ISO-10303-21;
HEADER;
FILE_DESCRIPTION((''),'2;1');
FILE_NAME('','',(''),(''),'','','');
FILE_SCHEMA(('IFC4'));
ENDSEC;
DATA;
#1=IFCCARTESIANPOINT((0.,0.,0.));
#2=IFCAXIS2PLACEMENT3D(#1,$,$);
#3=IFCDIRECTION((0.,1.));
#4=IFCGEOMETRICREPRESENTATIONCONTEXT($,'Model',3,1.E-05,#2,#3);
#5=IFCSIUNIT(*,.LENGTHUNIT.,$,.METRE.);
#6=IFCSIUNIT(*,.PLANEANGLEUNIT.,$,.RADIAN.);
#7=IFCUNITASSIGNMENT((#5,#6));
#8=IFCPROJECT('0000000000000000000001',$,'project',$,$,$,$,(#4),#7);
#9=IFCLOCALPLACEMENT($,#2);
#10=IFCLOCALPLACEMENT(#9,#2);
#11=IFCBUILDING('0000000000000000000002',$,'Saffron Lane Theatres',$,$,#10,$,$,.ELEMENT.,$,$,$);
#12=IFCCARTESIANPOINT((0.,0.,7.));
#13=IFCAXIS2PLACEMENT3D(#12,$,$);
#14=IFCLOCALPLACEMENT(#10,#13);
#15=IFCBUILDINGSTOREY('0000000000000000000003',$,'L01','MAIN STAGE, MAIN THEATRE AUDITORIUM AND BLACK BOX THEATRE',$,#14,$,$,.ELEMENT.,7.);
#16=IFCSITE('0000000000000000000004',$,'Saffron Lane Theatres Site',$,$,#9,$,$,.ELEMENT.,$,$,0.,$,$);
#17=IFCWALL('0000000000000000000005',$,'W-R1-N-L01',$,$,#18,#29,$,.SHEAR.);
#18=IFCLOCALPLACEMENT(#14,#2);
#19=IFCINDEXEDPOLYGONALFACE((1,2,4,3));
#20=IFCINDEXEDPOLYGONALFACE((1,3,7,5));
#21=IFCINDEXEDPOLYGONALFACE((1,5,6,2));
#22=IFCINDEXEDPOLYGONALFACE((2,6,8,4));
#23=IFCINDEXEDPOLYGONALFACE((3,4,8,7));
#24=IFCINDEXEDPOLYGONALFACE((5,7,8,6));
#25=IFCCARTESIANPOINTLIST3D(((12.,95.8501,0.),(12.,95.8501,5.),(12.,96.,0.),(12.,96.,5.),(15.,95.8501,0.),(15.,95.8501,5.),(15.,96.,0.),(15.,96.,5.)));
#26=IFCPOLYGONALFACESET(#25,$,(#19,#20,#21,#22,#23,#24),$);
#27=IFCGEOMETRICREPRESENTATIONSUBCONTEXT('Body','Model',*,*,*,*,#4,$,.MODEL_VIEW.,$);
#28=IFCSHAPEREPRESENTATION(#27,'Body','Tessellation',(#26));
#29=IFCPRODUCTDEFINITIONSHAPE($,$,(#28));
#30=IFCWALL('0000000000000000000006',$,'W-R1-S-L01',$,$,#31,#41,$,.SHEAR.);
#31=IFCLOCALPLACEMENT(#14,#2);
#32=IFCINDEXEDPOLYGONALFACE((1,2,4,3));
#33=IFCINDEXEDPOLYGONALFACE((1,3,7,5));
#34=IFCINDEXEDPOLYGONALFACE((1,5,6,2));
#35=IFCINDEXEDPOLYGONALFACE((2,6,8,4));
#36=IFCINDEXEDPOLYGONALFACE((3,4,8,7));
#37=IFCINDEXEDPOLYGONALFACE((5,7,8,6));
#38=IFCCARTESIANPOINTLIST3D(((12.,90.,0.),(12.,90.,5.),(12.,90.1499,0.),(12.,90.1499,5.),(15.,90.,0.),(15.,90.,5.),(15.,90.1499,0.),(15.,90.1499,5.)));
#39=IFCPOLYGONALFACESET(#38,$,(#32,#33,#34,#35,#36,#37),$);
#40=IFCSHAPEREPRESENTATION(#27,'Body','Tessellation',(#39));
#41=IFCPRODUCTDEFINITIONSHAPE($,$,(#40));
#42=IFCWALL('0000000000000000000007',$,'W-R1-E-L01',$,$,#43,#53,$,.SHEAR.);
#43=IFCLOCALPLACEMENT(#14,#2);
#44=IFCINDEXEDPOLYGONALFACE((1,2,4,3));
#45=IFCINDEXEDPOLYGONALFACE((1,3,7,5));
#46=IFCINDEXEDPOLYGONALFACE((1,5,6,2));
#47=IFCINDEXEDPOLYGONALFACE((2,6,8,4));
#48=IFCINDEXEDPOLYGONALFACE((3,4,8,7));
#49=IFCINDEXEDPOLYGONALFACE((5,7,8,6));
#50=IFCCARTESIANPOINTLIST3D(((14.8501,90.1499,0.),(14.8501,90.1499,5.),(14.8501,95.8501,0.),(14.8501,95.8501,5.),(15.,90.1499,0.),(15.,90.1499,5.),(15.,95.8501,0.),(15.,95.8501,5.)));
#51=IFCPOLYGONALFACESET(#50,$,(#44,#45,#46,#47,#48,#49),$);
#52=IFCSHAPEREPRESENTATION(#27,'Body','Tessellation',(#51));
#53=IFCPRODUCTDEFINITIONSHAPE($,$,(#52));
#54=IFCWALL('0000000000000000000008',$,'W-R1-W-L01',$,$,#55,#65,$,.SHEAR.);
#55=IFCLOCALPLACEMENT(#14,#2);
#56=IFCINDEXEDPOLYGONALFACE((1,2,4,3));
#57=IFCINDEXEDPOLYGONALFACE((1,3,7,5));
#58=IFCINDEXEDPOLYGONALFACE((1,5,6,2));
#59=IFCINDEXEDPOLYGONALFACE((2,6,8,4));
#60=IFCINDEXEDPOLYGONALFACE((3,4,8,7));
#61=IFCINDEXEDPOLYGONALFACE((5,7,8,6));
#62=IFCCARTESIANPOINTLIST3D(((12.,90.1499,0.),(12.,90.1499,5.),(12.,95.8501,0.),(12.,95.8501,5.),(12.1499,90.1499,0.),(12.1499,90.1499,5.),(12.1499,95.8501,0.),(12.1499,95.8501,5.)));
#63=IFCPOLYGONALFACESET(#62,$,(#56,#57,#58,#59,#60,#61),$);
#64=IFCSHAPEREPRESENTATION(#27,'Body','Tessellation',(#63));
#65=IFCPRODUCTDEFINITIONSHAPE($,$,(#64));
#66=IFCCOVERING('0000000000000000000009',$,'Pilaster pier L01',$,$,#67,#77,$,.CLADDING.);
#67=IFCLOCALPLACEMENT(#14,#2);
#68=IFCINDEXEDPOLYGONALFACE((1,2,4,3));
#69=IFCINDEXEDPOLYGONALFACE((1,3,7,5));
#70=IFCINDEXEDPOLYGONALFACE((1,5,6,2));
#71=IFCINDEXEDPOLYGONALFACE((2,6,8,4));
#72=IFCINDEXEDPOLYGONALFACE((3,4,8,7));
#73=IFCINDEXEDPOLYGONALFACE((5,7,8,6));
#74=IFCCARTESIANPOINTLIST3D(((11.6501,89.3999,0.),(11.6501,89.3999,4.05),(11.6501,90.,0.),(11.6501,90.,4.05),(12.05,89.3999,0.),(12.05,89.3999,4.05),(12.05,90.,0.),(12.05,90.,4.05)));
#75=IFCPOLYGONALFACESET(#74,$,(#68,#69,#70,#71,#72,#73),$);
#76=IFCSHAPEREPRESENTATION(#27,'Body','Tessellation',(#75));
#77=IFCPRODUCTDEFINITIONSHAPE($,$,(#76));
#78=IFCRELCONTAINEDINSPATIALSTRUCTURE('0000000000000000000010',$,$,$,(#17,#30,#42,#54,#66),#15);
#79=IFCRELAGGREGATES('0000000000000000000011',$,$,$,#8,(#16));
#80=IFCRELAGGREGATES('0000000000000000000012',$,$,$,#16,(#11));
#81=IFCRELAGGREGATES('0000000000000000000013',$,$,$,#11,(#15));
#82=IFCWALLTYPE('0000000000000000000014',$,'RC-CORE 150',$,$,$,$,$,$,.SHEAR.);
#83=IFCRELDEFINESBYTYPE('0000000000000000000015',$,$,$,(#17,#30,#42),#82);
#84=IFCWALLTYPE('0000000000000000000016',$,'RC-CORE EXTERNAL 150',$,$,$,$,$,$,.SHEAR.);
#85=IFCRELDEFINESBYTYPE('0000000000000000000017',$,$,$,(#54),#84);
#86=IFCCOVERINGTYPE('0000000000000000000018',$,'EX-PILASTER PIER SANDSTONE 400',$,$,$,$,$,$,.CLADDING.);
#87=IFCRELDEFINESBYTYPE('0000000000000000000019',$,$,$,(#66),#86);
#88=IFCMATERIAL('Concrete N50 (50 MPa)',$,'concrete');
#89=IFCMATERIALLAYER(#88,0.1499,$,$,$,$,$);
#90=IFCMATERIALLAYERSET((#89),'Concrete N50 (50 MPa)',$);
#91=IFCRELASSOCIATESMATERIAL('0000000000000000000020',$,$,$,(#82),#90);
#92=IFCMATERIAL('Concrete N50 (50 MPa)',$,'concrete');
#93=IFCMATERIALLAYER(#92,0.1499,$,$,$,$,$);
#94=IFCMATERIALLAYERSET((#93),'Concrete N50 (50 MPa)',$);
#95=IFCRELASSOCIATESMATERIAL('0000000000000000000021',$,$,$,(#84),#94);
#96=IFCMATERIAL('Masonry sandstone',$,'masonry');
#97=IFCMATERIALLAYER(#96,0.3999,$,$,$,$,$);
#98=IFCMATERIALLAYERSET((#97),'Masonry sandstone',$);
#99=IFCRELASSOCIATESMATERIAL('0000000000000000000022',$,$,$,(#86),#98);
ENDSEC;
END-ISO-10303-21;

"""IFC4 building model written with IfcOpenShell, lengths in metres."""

from ifc_helpers import new_model, si_unit, direction, frame, frame_2d, origin, origin_2d, place, context, subcontext, project, spatial, rectangle, extrude, material, layer, layer_set, type_object, element, save


model = new_model("IFC4")

# Units and contexts
model_context = context("Model", 3, precision=1e-05, world=origin(), true_north=direction((0.0, 1.0)))
body_context = subcontext(model_context, "Body", "Model", "MODEL_VIEW")
ifc_project = project(units=[si_unit("LENGTHUNIT", "METRE"), si_unit("PLANEANGLEUNIT", "RADIAN")], contexts=[model_context])

# Site, building, storey
site_placement = place(None, origin())
site = spatial("IfcSite", under=ifc_project, at=site_placement, Name="Saffron Lane Theatres Site", CompositionType="ELEMENT", RefElevation=0.0)
building_placement = place(site_placement, origin())
building = spatial("IfcBuilding", under=site, at=building_placement, Name="Saffron Lane Theatres", CompositionType="ELEMENT")
storey_placement = place(building_placement, frame((0.0, 0.0, 7.0)))
storey = spatial("IfcBuildingStorey", under=building, at=storey_placement, Name="L01", Description="MAIN STAGE, MAIN THEATRE AUDITORIUM AND BLACK BOX THEATRE", CompositionType="ELEMENT", Elevation=7.0)

# Walls
ifc_material_1 = material(Name="Concrete N50 (50 MPa)", Category="concrete")
ifc_layer_1 = layer(ifc_material_1, 0.1499)
ifc_layer_set_1 = layer_set([ifc_layer_1], Name="Concrete N50 (50 MPa)")
wall_type_1 = type_object("IfcWallType", Name="RC-CORE 150", PredefinedType="SHEAR", material=ifc_layer_set_1)
for number, where, z_axis, x_axis, name in (
    (1, (12.0, 95.925, 0.0), (0.0, 0.0, 1.0), (1.0, 0.0, 0.0), "W-R1-N-L01"),
    (2, (12.0, 90.075, 0.0), (0.0, 0.0, 1.0), (1.0, 0.0, 0.0), "W-R1-S-L01"),
):
    element("IfcWall", number, at=place(storey_placement, frame(where, z_axis=z_axis, x_axis=x_axis)), inside=storey, type_object=wall_type_1, Name=name, PredefinedType="SHEAR", context=body_context, shape_type="SweptSolid", body=[
        extrude(rectangle(XDim=3.0, YDim=0.1499, at=frame_2d((1.5, 0.0))), origin(), (0.0, 0.0, 1.0), 5.0),
    ])
wall_1_placement = place(storey_placement, frame((14.925, 90.1499, 0.0), z_axis=(0.0, 0.0, 1.0), x_axis=(0.0, 1.0, 0.0)))
element("IfcWall", 3, at=wall_1_placement, inside=storey, type_object=wall_type_1, Name="W-R1-E-L01", PredefinedType="SHEAR", context=body_context, shape_type="SweptSolid", body=[
    extrude(rectangle(XDim=5.7002, YDim=0.1499, at=frame_2d((2.8501, 0.0))), origin(), (0.0, 0.0, 1.0), 5.0),
])
ifc_material_2 = material(Name="Concrete N50 (50 MPa)", Category="concrete")
ifc_layer_2 = layer(ifc_material_2, 0.1499)
ifc_layer_set_2 = layer_set([ifc_layer_2], Name="Concrete N50 (50 MPa)")
wall_type_2 = type_object("IfcWallType", Name="RC-CORE EXTERNAL 150", PredefinedType="SHEAR", material=ifc_layer_set_2)
wall_2_placement = place(storey_placement, frame((12.075, 90.1499, 0.0), z_axis=(0.0, 0.0, 1.0), x_axis=(0.0, 1.0, 0.0)))
element("IfcWall", 4, at=wall_2_placement, inside=storey, type_object=wall_type_2, Name="W-R1-W-L01", PredefinedType="SHEAR", context=body_context, shape_type="SweptSolid", body=[
    extrude(rectangle(XDim=5.7002, YDim=0.1499, at=frame_2d((2.8501, 0.0))), origin(), (0.0, 0.0, 1.0), 5.0),
])

# Covering
ifc_material_3 = material(Name="Masonry sandstone", Category="masonry")
ifc_layer_3 = layer(ifc_material_3, 0.3999)
ifc_layer_set_3 = layer_set([ifc_layer_3], Name="Masonry sandstone")
covering_type_1 = type_object("IfcCoveringType", Name="EX-PILASTER PIER SANDSTONE 400", PredefinedType="CLADDING", material=ifc_layer_set_3)
covering_1_placement = place(storey_placement, frame((11.8501, 89.7, 0.0), z_axis=(0.0, 0.0, 1.0), x_axis=(0.0, 1.0, 0.0)))
element("IfcCovering", 5, at=covering_1_placement, inside=storey, type_object=covering_type_1, Name="Pilaster pier L01", PredefinedType="CLADDING", context=body_context, shape_type="SweptSolid", body=[
    extrude(rectangle(XDim=0.6001, YDim=0.3999, at=origin_2d()), origin(), (0.0, 0.0, 1.0), 4.05),
])

save(model, "model.ifc")
